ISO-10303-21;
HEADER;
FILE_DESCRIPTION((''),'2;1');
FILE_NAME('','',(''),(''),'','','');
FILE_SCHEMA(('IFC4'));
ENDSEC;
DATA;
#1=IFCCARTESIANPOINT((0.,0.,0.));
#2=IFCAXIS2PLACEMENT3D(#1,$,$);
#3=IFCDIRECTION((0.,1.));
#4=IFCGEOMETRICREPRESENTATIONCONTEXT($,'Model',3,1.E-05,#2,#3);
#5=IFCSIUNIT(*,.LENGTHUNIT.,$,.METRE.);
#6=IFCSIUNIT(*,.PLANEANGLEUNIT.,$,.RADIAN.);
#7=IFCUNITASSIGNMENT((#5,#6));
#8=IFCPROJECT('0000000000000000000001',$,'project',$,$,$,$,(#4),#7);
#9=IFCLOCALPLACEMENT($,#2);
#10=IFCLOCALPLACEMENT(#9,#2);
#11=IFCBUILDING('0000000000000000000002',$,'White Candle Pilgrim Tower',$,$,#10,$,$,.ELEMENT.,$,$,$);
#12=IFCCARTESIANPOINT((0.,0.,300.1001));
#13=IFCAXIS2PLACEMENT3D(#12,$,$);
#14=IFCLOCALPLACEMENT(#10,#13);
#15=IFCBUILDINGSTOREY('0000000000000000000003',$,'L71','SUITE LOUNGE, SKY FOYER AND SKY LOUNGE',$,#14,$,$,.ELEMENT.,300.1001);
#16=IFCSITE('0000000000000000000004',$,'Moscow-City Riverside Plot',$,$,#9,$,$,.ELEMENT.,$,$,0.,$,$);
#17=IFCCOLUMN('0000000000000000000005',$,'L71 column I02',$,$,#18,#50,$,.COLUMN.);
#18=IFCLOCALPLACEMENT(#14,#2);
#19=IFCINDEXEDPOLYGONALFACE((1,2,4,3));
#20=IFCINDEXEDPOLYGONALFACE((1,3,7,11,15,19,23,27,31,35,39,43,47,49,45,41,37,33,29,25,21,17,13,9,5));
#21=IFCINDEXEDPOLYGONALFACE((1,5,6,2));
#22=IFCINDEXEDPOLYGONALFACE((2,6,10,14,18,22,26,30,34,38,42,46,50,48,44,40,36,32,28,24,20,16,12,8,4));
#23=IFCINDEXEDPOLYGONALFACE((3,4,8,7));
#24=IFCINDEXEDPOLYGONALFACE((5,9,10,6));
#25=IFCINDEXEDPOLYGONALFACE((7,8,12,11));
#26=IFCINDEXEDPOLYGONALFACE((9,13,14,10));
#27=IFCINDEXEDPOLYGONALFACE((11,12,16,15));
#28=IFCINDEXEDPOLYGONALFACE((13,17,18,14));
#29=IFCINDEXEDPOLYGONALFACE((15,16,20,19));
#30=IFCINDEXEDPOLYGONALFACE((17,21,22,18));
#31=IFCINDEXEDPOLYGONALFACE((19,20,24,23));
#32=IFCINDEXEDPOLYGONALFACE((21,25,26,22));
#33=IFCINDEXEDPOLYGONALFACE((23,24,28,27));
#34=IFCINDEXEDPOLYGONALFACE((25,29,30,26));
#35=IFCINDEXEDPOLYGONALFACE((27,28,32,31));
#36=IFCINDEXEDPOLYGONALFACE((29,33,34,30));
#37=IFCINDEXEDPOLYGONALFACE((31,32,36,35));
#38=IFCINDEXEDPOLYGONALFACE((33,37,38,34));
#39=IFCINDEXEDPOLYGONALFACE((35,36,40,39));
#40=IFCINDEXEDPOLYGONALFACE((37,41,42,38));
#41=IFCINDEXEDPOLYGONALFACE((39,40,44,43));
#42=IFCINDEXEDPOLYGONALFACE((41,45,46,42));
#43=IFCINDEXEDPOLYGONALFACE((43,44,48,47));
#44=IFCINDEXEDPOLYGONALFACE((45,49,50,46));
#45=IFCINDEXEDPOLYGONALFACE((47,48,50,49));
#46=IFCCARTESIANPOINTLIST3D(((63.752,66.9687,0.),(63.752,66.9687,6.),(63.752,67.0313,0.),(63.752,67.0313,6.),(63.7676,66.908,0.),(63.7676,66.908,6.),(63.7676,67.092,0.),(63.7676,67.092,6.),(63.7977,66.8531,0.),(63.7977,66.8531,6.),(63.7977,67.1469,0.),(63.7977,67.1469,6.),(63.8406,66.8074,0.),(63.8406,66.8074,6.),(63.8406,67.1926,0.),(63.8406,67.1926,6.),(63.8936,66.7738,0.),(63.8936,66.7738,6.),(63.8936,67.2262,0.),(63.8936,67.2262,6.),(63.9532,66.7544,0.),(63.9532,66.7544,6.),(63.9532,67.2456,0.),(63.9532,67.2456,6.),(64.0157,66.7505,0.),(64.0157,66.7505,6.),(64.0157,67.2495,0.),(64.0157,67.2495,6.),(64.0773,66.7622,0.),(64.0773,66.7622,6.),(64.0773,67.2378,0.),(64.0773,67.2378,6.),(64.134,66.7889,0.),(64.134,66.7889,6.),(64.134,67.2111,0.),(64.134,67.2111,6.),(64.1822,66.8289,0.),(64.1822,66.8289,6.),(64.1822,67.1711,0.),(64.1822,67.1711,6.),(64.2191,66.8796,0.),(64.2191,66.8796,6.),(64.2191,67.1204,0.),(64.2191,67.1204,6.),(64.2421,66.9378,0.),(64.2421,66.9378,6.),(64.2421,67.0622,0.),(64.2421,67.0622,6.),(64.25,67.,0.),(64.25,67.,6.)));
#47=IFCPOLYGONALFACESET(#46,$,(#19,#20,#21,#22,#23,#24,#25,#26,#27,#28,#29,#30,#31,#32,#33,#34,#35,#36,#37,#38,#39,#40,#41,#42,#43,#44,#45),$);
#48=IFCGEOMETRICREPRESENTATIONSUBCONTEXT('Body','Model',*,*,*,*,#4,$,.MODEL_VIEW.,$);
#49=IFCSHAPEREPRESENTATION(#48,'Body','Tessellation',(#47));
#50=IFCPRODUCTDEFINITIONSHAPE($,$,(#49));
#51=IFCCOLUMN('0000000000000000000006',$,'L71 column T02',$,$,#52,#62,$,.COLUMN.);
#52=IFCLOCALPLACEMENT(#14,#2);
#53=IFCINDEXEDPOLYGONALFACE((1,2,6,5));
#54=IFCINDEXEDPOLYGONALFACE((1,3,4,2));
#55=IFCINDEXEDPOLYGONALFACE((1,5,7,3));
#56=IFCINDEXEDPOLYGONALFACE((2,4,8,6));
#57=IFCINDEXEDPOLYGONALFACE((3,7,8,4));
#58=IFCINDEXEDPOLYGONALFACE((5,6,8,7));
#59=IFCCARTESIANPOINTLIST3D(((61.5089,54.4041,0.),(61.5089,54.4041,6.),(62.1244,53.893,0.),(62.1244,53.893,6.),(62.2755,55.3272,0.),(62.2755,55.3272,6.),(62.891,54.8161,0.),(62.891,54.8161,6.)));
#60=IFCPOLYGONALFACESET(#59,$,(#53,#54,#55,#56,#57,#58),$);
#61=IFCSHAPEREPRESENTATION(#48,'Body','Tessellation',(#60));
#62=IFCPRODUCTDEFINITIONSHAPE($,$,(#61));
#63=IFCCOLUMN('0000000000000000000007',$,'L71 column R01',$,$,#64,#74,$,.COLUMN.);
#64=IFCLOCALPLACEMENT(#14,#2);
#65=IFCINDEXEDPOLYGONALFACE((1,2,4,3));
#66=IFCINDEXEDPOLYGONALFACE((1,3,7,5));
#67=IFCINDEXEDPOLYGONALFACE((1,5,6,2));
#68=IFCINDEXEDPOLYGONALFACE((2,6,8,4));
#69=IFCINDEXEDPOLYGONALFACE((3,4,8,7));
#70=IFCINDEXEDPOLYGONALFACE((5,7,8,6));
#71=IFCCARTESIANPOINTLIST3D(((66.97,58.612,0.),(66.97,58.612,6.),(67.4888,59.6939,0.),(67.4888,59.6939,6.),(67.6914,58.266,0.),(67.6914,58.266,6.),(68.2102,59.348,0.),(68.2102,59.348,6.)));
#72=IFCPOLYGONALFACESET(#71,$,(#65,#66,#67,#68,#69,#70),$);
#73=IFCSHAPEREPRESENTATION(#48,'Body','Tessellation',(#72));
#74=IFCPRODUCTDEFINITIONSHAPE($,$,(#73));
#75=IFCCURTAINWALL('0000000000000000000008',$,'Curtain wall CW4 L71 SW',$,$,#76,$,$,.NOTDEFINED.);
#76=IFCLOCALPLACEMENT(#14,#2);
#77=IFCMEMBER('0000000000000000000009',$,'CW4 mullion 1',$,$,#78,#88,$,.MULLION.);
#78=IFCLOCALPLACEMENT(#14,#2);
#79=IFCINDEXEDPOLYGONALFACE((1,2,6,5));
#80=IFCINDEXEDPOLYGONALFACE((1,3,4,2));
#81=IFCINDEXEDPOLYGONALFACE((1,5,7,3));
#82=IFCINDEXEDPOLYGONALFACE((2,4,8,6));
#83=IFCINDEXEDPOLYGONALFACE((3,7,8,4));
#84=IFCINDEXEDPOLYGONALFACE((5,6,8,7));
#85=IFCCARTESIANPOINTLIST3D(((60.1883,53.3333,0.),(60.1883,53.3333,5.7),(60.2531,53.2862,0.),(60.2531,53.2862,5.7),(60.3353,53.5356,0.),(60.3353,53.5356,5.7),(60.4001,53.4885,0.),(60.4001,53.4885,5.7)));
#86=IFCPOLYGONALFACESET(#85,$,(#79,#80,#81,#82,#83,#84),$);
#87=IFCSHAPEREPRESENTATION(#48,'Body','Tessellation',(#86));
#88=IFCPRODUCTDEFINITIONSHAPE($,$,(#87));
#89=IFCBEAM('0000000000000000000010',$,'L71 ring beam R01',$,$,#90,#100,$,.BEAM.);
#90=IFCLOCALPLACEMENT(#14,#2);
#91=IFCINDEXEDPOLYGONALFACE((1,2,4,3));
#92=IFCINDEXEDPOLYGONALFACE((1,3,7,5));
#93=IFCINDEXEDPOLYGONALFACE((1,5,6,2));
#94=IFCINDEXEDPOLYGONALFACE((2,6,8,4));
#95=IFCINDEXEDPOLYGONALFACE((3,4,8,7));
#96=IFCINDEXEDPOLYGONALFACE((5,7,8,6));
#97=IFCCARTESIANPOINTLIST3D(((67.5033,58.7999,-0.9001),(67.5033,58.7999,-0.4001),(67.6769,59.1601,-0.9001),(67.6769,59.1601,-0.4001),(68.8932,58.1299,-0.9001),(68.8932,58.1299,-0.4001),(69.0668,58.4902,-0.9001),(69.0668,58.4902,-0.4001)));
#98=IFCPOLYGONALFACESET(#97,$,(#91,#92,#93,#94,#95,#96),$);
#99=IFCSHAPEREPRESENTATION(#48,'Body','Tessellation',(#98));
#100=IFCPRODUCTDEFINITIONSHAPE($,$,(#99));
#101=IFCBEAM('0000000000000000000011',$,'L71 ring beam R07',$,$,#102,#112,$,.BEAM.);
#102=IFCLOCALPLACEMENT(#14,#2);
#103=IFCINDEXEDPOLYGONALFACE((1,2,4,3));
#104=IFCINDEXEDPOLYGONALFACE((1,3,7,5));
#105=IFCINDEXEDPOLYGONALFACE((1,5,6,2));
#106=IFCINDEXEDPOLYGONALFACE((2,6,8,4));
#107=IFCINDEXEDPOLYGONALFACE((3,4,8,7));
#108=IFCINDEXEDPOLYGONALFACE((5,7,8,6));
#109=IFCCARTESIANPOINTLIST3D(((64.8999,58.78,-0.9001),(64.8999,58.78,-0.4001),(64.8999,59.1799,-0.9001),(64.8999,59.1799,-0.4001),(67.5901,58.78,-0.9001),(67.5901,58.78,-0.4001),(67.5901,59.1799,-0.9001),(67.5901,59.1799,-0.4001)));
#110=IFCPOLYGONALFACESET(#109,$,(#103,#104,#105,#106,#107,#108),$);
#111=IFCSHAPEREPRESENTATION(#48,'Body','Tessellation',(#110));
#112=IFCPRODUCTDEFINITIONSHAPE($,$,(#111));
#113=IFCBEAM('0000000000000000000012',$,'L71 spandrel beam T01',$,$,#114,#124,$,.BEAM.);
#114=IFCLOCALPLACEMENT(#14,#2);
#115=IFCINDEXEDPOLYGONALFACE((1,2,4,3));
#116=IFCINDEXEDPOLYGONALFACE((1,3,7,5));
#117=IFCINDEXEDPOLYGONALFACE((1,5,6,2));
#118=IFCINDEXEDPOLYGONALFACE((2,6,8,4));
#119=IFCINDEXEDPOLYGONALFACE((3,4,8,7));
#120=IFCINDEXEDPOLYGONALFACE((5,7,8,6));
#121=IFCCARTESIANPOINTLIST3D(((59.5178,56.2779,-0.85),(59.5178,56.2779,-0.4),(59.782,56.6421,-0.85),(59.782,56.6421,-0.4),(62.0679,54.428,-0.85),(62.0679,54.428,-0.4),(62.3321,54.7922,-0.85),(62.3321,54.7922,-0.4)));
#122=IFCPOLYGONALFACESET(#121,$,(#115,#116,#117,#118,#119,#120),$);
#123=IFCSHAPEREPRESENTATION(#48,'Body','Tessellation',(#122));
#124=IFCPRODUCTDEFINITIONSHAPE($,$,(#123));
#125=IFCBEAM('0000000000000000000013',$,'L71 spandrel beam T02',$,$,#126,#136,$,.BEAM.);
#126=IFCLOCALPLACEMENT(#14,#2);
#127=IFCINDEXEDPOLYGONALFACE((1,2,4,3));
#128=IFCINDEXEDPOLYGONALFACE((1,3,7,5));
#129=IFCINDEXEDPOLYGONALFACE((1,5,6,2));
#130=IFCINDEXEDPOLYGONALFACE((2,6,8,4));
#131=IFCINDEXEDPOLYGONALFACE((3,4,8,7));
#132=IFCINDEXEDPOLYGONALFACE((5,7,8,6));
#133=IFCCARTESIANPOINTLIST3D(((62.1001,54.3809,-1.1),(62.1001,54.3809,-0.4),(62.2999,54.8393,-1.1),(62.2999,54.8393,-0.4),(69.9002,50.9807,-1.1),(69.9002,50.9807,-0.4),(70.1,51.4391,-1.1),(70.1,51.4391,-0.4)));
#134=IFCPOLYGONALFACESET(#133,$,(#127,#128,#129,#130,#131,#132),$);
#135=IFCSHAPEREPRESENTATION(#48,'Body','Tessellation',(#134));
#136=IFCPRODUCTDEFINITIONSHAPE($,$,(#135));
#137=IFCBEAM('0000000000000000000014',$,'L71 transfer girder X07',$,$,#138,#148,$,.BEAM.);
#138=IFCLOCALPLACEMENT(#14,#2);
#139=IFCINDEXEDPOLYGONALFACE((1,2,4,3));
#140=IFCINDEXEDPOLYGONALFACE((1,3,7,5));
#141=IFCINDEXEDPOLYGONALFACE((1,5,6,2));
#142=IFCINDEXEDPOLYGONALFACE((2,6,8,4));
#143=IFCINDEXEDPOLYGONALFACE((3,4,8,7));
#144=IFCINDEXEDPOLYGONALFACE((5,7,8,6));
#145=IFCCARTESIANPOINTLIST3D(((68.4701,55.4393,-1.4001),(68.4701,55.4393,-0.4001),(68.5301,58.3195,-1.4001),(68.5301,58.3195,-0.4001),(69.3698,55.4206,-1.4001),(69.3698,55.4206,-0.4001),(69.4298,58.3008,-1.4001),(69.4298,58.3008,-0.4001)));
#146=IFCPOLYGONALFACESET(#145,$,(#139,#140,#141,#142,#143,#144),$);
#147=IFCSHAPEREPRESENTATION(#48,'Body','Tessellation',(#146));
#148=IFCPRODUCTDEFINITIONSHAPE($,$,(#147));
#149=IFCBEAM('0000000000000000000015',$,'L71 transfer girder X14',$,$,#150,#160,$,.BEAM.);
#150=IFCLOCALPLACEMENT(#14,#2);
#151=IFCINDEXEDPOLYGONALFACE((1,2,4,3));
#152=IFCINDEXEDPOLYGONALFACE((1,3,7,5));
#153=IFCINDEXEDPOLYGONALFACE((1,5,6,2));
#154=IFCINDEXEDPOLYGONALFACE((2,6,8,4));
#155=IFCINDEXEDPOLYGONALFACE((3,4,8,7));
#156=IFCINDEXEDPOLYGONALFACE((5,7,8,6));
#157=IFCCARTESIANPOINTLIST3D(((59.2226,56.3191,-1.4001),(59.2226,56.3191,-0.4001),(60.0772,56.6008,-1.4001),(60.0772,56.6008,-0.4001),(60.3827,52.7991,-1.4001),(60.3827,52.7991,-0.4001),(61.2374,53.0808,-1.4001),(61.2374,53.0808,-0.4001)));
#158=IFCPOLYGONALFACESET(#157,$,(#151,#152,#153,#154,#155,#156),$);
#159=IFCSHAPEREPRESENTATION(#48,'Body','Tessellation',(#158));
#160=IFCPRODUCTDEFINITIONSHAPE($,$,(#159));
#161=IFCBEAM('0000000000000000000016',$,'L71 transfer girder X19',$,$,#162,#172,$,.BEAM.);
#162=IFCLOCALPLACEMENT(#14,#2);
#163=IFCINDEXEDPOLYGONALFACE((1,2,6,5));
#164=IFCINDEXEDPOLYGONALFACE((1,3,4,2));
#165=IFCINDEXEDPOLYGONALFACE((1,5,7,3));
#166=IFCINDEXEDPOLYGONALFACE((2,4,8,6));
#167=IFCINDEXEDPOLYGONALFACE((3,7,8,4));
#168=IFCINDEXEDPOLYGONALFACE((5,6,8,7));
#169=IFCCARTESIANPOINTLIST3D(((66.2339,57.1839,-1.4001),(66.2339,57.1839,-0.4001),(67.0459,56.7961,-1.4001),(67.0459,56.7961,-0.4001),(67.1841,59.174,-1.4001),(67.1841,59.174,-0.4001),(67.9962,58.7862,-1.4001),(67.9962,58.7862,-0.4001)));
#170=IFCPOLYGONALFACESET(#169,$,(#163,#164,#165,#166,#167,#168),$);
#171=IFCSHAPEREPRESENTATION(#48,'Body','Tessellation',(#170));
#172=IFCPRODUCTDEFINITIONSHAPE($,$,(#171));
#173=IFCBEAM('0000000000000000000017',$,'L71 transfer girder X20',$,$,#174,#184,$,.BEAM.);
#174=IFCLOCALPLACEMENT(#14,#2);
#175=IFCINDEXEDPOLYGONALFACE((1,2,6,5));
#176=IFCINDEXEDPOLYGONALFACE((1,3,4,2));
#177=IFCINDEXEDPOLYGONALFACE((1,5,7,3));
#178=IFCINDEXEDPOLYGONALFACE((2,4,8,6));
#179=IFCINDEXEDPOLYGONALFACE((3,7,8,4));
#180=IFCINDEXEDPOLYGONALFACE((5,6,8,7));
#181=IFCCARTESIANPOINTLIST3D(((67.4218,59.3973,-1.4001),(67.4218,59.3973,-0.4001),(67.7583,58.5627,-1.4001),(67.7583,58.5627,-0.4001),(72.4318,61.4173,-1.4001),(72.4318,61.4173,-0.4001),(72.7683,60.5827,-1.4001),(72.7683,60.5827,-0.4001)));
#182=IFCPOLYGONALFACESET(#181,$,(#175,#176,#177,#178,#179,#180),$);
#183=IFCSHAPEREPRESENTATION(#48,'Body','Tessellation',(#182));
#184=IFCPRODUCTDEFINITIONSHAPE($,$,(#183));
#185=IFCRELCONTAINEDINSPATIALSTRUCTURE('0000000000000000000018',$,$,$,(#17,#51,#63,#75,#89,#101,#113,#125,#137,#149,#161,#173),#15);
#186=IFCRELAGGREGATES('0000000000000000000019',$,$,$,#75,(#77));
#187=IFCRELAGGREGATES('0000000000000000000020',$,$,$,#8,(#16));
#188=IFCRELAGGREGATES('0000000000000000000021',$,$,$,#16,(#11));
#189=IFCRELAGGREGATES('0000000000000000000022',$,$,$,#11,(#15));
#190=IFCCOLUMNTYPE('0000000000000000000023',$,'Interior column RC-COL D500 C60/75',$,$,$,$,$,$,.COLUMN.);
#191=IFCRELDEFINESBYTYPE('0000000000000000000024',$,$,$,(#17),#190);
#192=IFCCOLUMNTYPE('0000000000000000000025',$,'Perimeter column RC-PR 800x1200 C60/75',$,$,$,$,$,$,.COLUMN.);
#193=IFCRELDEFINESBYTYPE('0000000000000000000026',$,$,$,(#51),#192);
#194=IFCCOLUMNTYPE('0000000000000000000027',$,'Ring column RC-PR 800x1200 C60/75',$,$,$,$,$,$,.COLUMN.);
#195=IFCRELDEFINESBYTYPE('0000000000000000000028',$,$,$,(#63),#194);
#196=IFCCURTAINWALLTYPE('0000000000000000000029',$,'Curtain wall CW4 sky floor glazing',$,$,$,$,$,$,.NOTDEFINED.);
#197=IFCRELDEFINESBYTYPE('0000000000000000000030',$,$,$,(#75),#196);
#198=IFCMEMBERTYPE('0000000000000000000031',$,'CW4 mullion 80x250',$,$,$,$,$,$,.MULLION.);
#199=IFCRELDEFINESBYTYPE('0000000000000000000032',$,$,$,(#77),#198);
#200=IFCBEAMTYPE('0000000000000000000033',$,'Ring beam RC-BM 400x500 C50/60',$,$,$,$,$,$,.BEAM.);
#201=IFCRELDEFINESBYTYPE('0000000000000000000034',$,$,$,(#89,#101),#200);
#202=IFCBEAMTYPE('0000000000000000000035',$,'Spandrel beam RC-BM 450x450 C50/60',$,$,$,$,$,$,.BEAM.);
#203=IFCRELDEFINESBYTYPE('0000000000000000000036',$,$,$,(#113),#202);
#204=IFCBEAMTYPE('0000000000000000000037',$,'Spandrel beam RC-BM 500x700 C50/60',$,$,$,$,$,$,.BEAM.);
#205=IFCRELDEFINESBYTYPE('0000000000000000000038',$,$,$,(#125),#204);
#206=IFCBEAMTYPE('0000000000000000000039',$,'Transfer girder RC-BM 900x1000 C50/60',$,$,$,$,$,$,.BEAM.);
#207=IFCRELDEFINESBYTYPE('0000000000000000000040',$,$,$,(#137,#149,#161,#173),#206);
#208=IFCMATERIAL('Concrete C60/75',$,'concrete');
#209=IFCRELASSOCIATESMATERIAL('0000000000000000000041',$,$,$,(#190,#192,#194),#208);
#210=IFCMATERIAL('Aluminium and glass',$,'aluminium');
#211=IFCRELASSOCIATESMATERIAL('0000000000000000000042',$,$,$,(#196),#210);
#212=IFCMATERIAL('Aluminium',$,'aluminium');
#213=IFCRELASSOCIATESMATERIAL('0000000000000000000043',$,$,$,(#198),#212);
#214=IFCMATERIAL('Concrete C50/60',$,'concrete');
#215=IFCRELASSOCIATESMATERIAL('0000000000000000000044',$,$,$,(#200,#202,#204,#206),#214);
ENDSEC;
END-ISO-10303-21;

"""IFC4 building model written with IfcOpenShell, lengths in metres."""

from ifc_helpers import new_model, si_unit, direction, frame, origin, origin_2d, place, context, subcontext, project, spatial, rectangle, circle, extrude, material, material_profile, profile_set, type_object, element, aggregate, save


model = new_model("IFC4")

# Units and contexts
model_context = context("Model", 3, precision=1e-05, world=origin(), true_north=direction((0.0, 1.0)))
body_context = subcontext(model_context, "Body", "Model", "MODEL_VIEW")
ifc_project = project(units=[si_unit("LENGTHUNIT", "METRE"), si_unit("PLANEANGLEUNIT", "RADIAN")], contexts=[model_context])

# Site, building, storey
site_placement = place(None, origin())
site = spatial("IfcSite", under=ifc_project, at=site_placement, Name="Moscow-City Riverside Plot", CompositionType="ELEMENT", RefElevation=0.0)
building_placement = place(site_placement, origin())
building = spatial("IfcBuilding", under=site, at=building_placement, Name="White Candle Pilgrim Tower", CompositionType="ELEMENT")
storey_placement = place(building_placement, frame((0.0, 0.0, 300.1001)))
storey = spatial("IfcBuildingStorey", under=building, at=storey_placement, Name="L71", Description="SUITE LOUNGE, SKY FOYER AND SKY LOUNGE", CompositionType="ELEMENT", Elevation=300.1001)

# Columns
ifc_material_1 = material(Name="Concrete C60/75", Category="concrete")
ifc_material_profile_1 = material_profile(ifc_material_1, circle(Radius=0.25, at=origin_2d()), Name="RC-COL D500")
ifc_profile_set_1 = profile_set([ifc_material_profile_1], Name="Concrete C60/75")
column_type_1 = type_object("IfcColumnType", Name="Interior column RC-COL D500 C60/75", PredefinedType="COLUMN", material=ifc_profile_set_1)
column_1_placement = place(storey_placement, frame((64.0, 67.0, 0.0), z_axis=(0.0, 0.0, 1.0), x_axis=(1.0, 0.0, 0.0)))
element("IfcColumn", 1, at=column_1_placement, inside=storey, type_object=column_type_1, Name="L71 column I02", PredefinedType="COLUMN", context=body_context, shape_type="SweptSolid", body=[
    extrude(circle(Radius=0.25, at=origin_2d()), origin(), (0.0, 0.0, 1.0), 6.0),
])
ifc_material_profile_2 = material_profile(ifc_material_1, rectangle(XDim=0.8, YDim=1.2, at=origin_2d()), Name="RC-PR 800x1200")
ifc_profile_set_2 = profile_set([ifc_material_profile_2], Name="Concrete C60/75")
column_type_2 = type_object("IfcColumnType", Name="Perimeter column RC-PR 800x1200 C60/75", PredefinedType="COLUMN", material=ifc_profile_set_2)
column_2_placement = place(storey_placement, frame((62.2, 54.6101, 0.0), z_axis=(0.0, 0.0, 1.0), x_axis=(-0.76931, 0.638875, 0.0)))
element("IfcColumn", 2, at=column_2_placement, inside=storey, type_object=column_type_2, Name="L71 column T02", PredefinedType="COLUMN", context=body_context, shape_type="SweptSolid", body=[
    extrude(rectangle(XDim=0.8, YDim=1.2, at=origin_2d()), origin(), (0.0, 0.0, 1.0), 6.0),
])
ifc_material_profile_3 = material_profile(ifc_material_1, rectangle(XDim=0.8, YDim=1.2, at=origin_2d()), Name="RC-PR 800x1200")
ifc_profile_set_3 = profile_set([ifc_material_profile_3], Name="Concrete C60/75")
column_type_3 = type_object("IfcColumnType", Name="Ring column RC-PR 800x1200 C60/75", PredefinedType="COLUMN", material=ifc_profile_set_3)
column_3_placement = place(storey_placement, frame((67.5901, 58.98, 0.0), z_axis=(0.0, 0.0, 1.0), x_axis=(-0.901689, 0.432385, 0.0)))
element("IfcColumn", 3, at=column_3_placement, inside=storey, type_object=column_type_3, Name="L71 column R01", PredefinedType="COLUMN", context=body_context, shape_type="SweptSolid", body=[
    extrude(rectangle(XDim=0.8, YDim=1.2, at=origin_2d()), origin(), (0.0, 0.0, 1.0), 6.0),
])

# Curtain wall, member
ifc_material_2 = material(Name="Aluminium and glass", Category="aluminium")
curtain_wall_type = type_object("IfcCurtainWallType", Name="Curtain wall CW4 sky floor glazing", PredefinedType="NOTDEFINED", material=ifc_material_2)
curtain_wall_placement = place(storey_placement, origin())
curtain_wall = element("IfcCurtainWall", 4, at=curtain_wall_placement, inside=storey, type_object=curtain_wall_type, Name="Curtain wall CW4 L71 SW", PredefinedType="NOTDEFINED")
ifc_material_3 = material(Name="Aluminium", Category="aluminium")
ifc_material_profile_4 = material_profile(ifc_material_3, rectangle(XDim=0.25, YDim=0.0801, at=origin_2d()), Name="CW4 mullion 80x250")
ifc_profile_set_4 = profile_set([ifc_material_profile_4], Name="Aluminium")
member_type = type_object("IfcMemberType", Name="CW4 mullion 80x250", PredefinedType="MULLION", material=ifc_profile_set_4)
member_placement = place(storey_placement, frame((60.2942, 53.4109, 0.0), z_axis=(0.0, 0.0, 1.0), x_axis=(0.587785, 0.809017, 0.0)))
member = element("IfcMember", 5, at=member_placement, type_object=member_type, Name="CW4 mullion 1", PredefinedType="MULLION", context=body_context, shape_type="SweptSolid", body=[
    extrude(rectangle(XDim=0.25, YDim=0.0801, at=origin_2d()), origin(), (0.0, 0.0, 1.0), 5.7),
])
aggregate(curtain_wall, [member])

# Beams
ifc_material_4 = material(Name="Concrete C50/60", Category="concrete")
ifc_material_profile_5 = material_profile(ifc_material_4, rectangle(XDim=0.3999, YDim=0.5, at=origin_2d()), Name="RC-BM 400x500")
ifc_profile_set_5 = profile_set([ifc_material_profile_5], Name="Concrete C50/60")
beam_type_1 = type_object("IfcBeamType", Name="Ring beam RC-BM 400x500 C50/60", PredefinedType="BEAM", material=ifc_profile_set_5)
beam_1_placement = place(storey_placement, frame((67.5901, 58.98, -0.6501), z_axis=(0.900821, -0.434191, 0.0), x_axis=(0.434191, 0.900821, 0.0)))
element("IfcBeam", 6, at=beam_1_placement, inside=storey, type_object=beam_type_1, Name="L71 ring beam R01", PredefinedType="BEAM", context=body_context, shape_type="SweptSolid", body=[
    extrude(rectangle(XDim=0.3999, YDim=0.5, at=origin_2d()), origin(), (0.0, 0.0, 1.0), 1.543),
])
beam_2_placement = place(storey_placement, frame((67.5901, 58.98, -0.6501), z_axis=(-1.0, 0.0, 0.0), x_axis=(0.0, -1.0, 0.0)))
element("IfcBeam", 7, at=beam_2_placement, inside=storey, type_object=beam_type_1, Name="L71 ring beam R07", PredefinedType="BEAM", context=body_context, shape_type="SweptSolid", body=[
    extrude(rectangle(XDim=0.3999, YDim=0.5, at=origin_2d()), origin(), (0.0, 0.0, 1.0), 2.6902),
])
ifc_material_profile_6 = material_profile(ifc_material_4, rectangle(XDim=0.45, YDim=0.45, at=origin_2d()), Name="RC-BM 450x450")
ifc_profile_set_6 = profile_set([ifc_material_profile_6], Name="Concrete C50/60")
beam_type_2 = type_object("IfcBeamType", Name="Spandrel beam RC-BM 450x450 C50/60", PredefinedType="BEAM", material=ifc_profile_set_6)
beam_3_placement = place(storey_placement, frame((59.6499, 56.46, -0.625), z_axis=(0.809449, -0.58719, 0.0), x_axis=(0.58719, 0.809449, 0.0)))
element("IfcBeam", 8, at=beam_3_placement, inside=storey, type_object=beam_type_2, Name="L71 spandrel beam T01", PredefinedType="BEAM", context=body_context, shape_type="SweptSolid", body=[
    extrude(rectangle(XDim=0.45, YDim=0.45, at=origin_2d()), origin(), (0.0, 0.0, 1.0), 3.1504),
])
ifc_material_profile_7 = material_profile(ifc_material_4, rectangle(XDim=0.5, YDim=0.7, at=origin_2d()), Name="RC-BM 500x700")
ifc_profile_set_7 = profile_set([ifc_material_profile_7], Name="Concrete C50/60")
beam_type_3 = type_object("IfcBeamType", Name="Spandrel beam RC-BM 500x700 C50/60", PredefinedType="BEAM", material=ifc_profile_set_7)
beam_4_placement = place(storey_placement, frame((62.2, 54.6101, -0.75), z_axis=(0.916691, -0.399598, 0.0), x_axis=(0.399598, 0.916691, 0.0)))
element("IfcBeam", 9, at=beam_4_placement, inside=storey, type_object=beam_type_3, Name="L71 spandrel beam T02", PredefinedType="BEAM", context=body_context, shape_type="SweptSolid", body=[
    extrude(rectangle(XDim=0.5, YDim=0.7, at=origin_2d()), origin(), (0.0, 0.0, 1.0), 8.509),
])
ifc_material_profile_8 = material_profile(ifc_material_4, rectangle(XDim=0.8999, YDim=1.0, at=origin_2d()), Name="RC-BM 900x1000")
ifc_profile_set_8 = profile_set([ifc_material_profile_8], Name="Concrete C50/60")
beam_type_4 = type_object("IfcBeamType", Name="Transfer girder RC-BM 900x1000 C50/60", PredefinedType="BEAM", material=ifc_profile_set_8)
beam_5_placement = place(storey_placement, frame((68.9199, 55.4299, -0.9001), z_axis=(0.020848, 0.999783, 0.0), x_axis=(-0.999783, 0.020848, 0.0)))
element("IfcBeam", 10, at=beam_5_placement, inside=storey, type_object=beam_type_4, Name="L71 transfer girder X07", PredefinedType="BEAM", context=body_context, shape_type="SweptSolid", body=[
    extrude(rectangle(XDim=0.8999, YDim=1.0, at=origin_2d()), origin(), (0.0, 0.0, 1.0), 2.8809),
])
beam_6_placement = place(storey_placement, frame((59.6499, 56.46, -0.9001), z_axis=(0.313025, -0.949745, 0.0), x_axis=(0.949745, 0.313025, 0.0)))
element("IfcBeam", 11, at=beam_6_placement, inside=storey, type_object=beam_type_4, Name="L71 transfer girder X14", PredefinedType="BEAM", context=body_context, shape_type="SweptSolid", body=[
    extrude(rectangle(XDim=0.8999, YDim=1.0, at=origin_2d()), origin(), (0.0, 0.0, 1.0), 3.7063),
])
beam_7_placement = place(storey_placement, frame((66.6399, 56.99, -0.9001), z_axis=(0.430887, 0.902406, 0.0), x_axis=(-0.902406, 0.430887, 0.0)))
element("IfcBeam", 12, at=beam_7_placement, inside=storey, type_object=beam_type_4, Name="L71 transfer girder X19", PredefinedType="BEAM", context=body_context, shape_type="SweptSolid", body=[
    extrude(rectangle(XDim=0.8999, YDim=1.0, at=origin_2d()), origin(), (0.0, 0.0, 1.0), 2.2053),
])
beam_8_placement = place(storey_placement, frame((67.5901, 58.98, -0.9001), z_axis=(0.927451, 0.373945, 0.0), x_axis=(-0.373945, 0.927451, 0.0)))
element("IfcBeam", 13, at=beam_8_placement, inside=storey, type_object=beam_type_4, Name="L71 transfer girder X20", PredefinedType="BEAM", context=body_context, shape_type="SweptSolid", body=[
    extrude(rectangle(XDim=0.8999, YDim=1.0, at=origin_2d()), origin(), (0.0, 0.0, 1.0), 5.4019),
])

save(model, "model.ifc")
